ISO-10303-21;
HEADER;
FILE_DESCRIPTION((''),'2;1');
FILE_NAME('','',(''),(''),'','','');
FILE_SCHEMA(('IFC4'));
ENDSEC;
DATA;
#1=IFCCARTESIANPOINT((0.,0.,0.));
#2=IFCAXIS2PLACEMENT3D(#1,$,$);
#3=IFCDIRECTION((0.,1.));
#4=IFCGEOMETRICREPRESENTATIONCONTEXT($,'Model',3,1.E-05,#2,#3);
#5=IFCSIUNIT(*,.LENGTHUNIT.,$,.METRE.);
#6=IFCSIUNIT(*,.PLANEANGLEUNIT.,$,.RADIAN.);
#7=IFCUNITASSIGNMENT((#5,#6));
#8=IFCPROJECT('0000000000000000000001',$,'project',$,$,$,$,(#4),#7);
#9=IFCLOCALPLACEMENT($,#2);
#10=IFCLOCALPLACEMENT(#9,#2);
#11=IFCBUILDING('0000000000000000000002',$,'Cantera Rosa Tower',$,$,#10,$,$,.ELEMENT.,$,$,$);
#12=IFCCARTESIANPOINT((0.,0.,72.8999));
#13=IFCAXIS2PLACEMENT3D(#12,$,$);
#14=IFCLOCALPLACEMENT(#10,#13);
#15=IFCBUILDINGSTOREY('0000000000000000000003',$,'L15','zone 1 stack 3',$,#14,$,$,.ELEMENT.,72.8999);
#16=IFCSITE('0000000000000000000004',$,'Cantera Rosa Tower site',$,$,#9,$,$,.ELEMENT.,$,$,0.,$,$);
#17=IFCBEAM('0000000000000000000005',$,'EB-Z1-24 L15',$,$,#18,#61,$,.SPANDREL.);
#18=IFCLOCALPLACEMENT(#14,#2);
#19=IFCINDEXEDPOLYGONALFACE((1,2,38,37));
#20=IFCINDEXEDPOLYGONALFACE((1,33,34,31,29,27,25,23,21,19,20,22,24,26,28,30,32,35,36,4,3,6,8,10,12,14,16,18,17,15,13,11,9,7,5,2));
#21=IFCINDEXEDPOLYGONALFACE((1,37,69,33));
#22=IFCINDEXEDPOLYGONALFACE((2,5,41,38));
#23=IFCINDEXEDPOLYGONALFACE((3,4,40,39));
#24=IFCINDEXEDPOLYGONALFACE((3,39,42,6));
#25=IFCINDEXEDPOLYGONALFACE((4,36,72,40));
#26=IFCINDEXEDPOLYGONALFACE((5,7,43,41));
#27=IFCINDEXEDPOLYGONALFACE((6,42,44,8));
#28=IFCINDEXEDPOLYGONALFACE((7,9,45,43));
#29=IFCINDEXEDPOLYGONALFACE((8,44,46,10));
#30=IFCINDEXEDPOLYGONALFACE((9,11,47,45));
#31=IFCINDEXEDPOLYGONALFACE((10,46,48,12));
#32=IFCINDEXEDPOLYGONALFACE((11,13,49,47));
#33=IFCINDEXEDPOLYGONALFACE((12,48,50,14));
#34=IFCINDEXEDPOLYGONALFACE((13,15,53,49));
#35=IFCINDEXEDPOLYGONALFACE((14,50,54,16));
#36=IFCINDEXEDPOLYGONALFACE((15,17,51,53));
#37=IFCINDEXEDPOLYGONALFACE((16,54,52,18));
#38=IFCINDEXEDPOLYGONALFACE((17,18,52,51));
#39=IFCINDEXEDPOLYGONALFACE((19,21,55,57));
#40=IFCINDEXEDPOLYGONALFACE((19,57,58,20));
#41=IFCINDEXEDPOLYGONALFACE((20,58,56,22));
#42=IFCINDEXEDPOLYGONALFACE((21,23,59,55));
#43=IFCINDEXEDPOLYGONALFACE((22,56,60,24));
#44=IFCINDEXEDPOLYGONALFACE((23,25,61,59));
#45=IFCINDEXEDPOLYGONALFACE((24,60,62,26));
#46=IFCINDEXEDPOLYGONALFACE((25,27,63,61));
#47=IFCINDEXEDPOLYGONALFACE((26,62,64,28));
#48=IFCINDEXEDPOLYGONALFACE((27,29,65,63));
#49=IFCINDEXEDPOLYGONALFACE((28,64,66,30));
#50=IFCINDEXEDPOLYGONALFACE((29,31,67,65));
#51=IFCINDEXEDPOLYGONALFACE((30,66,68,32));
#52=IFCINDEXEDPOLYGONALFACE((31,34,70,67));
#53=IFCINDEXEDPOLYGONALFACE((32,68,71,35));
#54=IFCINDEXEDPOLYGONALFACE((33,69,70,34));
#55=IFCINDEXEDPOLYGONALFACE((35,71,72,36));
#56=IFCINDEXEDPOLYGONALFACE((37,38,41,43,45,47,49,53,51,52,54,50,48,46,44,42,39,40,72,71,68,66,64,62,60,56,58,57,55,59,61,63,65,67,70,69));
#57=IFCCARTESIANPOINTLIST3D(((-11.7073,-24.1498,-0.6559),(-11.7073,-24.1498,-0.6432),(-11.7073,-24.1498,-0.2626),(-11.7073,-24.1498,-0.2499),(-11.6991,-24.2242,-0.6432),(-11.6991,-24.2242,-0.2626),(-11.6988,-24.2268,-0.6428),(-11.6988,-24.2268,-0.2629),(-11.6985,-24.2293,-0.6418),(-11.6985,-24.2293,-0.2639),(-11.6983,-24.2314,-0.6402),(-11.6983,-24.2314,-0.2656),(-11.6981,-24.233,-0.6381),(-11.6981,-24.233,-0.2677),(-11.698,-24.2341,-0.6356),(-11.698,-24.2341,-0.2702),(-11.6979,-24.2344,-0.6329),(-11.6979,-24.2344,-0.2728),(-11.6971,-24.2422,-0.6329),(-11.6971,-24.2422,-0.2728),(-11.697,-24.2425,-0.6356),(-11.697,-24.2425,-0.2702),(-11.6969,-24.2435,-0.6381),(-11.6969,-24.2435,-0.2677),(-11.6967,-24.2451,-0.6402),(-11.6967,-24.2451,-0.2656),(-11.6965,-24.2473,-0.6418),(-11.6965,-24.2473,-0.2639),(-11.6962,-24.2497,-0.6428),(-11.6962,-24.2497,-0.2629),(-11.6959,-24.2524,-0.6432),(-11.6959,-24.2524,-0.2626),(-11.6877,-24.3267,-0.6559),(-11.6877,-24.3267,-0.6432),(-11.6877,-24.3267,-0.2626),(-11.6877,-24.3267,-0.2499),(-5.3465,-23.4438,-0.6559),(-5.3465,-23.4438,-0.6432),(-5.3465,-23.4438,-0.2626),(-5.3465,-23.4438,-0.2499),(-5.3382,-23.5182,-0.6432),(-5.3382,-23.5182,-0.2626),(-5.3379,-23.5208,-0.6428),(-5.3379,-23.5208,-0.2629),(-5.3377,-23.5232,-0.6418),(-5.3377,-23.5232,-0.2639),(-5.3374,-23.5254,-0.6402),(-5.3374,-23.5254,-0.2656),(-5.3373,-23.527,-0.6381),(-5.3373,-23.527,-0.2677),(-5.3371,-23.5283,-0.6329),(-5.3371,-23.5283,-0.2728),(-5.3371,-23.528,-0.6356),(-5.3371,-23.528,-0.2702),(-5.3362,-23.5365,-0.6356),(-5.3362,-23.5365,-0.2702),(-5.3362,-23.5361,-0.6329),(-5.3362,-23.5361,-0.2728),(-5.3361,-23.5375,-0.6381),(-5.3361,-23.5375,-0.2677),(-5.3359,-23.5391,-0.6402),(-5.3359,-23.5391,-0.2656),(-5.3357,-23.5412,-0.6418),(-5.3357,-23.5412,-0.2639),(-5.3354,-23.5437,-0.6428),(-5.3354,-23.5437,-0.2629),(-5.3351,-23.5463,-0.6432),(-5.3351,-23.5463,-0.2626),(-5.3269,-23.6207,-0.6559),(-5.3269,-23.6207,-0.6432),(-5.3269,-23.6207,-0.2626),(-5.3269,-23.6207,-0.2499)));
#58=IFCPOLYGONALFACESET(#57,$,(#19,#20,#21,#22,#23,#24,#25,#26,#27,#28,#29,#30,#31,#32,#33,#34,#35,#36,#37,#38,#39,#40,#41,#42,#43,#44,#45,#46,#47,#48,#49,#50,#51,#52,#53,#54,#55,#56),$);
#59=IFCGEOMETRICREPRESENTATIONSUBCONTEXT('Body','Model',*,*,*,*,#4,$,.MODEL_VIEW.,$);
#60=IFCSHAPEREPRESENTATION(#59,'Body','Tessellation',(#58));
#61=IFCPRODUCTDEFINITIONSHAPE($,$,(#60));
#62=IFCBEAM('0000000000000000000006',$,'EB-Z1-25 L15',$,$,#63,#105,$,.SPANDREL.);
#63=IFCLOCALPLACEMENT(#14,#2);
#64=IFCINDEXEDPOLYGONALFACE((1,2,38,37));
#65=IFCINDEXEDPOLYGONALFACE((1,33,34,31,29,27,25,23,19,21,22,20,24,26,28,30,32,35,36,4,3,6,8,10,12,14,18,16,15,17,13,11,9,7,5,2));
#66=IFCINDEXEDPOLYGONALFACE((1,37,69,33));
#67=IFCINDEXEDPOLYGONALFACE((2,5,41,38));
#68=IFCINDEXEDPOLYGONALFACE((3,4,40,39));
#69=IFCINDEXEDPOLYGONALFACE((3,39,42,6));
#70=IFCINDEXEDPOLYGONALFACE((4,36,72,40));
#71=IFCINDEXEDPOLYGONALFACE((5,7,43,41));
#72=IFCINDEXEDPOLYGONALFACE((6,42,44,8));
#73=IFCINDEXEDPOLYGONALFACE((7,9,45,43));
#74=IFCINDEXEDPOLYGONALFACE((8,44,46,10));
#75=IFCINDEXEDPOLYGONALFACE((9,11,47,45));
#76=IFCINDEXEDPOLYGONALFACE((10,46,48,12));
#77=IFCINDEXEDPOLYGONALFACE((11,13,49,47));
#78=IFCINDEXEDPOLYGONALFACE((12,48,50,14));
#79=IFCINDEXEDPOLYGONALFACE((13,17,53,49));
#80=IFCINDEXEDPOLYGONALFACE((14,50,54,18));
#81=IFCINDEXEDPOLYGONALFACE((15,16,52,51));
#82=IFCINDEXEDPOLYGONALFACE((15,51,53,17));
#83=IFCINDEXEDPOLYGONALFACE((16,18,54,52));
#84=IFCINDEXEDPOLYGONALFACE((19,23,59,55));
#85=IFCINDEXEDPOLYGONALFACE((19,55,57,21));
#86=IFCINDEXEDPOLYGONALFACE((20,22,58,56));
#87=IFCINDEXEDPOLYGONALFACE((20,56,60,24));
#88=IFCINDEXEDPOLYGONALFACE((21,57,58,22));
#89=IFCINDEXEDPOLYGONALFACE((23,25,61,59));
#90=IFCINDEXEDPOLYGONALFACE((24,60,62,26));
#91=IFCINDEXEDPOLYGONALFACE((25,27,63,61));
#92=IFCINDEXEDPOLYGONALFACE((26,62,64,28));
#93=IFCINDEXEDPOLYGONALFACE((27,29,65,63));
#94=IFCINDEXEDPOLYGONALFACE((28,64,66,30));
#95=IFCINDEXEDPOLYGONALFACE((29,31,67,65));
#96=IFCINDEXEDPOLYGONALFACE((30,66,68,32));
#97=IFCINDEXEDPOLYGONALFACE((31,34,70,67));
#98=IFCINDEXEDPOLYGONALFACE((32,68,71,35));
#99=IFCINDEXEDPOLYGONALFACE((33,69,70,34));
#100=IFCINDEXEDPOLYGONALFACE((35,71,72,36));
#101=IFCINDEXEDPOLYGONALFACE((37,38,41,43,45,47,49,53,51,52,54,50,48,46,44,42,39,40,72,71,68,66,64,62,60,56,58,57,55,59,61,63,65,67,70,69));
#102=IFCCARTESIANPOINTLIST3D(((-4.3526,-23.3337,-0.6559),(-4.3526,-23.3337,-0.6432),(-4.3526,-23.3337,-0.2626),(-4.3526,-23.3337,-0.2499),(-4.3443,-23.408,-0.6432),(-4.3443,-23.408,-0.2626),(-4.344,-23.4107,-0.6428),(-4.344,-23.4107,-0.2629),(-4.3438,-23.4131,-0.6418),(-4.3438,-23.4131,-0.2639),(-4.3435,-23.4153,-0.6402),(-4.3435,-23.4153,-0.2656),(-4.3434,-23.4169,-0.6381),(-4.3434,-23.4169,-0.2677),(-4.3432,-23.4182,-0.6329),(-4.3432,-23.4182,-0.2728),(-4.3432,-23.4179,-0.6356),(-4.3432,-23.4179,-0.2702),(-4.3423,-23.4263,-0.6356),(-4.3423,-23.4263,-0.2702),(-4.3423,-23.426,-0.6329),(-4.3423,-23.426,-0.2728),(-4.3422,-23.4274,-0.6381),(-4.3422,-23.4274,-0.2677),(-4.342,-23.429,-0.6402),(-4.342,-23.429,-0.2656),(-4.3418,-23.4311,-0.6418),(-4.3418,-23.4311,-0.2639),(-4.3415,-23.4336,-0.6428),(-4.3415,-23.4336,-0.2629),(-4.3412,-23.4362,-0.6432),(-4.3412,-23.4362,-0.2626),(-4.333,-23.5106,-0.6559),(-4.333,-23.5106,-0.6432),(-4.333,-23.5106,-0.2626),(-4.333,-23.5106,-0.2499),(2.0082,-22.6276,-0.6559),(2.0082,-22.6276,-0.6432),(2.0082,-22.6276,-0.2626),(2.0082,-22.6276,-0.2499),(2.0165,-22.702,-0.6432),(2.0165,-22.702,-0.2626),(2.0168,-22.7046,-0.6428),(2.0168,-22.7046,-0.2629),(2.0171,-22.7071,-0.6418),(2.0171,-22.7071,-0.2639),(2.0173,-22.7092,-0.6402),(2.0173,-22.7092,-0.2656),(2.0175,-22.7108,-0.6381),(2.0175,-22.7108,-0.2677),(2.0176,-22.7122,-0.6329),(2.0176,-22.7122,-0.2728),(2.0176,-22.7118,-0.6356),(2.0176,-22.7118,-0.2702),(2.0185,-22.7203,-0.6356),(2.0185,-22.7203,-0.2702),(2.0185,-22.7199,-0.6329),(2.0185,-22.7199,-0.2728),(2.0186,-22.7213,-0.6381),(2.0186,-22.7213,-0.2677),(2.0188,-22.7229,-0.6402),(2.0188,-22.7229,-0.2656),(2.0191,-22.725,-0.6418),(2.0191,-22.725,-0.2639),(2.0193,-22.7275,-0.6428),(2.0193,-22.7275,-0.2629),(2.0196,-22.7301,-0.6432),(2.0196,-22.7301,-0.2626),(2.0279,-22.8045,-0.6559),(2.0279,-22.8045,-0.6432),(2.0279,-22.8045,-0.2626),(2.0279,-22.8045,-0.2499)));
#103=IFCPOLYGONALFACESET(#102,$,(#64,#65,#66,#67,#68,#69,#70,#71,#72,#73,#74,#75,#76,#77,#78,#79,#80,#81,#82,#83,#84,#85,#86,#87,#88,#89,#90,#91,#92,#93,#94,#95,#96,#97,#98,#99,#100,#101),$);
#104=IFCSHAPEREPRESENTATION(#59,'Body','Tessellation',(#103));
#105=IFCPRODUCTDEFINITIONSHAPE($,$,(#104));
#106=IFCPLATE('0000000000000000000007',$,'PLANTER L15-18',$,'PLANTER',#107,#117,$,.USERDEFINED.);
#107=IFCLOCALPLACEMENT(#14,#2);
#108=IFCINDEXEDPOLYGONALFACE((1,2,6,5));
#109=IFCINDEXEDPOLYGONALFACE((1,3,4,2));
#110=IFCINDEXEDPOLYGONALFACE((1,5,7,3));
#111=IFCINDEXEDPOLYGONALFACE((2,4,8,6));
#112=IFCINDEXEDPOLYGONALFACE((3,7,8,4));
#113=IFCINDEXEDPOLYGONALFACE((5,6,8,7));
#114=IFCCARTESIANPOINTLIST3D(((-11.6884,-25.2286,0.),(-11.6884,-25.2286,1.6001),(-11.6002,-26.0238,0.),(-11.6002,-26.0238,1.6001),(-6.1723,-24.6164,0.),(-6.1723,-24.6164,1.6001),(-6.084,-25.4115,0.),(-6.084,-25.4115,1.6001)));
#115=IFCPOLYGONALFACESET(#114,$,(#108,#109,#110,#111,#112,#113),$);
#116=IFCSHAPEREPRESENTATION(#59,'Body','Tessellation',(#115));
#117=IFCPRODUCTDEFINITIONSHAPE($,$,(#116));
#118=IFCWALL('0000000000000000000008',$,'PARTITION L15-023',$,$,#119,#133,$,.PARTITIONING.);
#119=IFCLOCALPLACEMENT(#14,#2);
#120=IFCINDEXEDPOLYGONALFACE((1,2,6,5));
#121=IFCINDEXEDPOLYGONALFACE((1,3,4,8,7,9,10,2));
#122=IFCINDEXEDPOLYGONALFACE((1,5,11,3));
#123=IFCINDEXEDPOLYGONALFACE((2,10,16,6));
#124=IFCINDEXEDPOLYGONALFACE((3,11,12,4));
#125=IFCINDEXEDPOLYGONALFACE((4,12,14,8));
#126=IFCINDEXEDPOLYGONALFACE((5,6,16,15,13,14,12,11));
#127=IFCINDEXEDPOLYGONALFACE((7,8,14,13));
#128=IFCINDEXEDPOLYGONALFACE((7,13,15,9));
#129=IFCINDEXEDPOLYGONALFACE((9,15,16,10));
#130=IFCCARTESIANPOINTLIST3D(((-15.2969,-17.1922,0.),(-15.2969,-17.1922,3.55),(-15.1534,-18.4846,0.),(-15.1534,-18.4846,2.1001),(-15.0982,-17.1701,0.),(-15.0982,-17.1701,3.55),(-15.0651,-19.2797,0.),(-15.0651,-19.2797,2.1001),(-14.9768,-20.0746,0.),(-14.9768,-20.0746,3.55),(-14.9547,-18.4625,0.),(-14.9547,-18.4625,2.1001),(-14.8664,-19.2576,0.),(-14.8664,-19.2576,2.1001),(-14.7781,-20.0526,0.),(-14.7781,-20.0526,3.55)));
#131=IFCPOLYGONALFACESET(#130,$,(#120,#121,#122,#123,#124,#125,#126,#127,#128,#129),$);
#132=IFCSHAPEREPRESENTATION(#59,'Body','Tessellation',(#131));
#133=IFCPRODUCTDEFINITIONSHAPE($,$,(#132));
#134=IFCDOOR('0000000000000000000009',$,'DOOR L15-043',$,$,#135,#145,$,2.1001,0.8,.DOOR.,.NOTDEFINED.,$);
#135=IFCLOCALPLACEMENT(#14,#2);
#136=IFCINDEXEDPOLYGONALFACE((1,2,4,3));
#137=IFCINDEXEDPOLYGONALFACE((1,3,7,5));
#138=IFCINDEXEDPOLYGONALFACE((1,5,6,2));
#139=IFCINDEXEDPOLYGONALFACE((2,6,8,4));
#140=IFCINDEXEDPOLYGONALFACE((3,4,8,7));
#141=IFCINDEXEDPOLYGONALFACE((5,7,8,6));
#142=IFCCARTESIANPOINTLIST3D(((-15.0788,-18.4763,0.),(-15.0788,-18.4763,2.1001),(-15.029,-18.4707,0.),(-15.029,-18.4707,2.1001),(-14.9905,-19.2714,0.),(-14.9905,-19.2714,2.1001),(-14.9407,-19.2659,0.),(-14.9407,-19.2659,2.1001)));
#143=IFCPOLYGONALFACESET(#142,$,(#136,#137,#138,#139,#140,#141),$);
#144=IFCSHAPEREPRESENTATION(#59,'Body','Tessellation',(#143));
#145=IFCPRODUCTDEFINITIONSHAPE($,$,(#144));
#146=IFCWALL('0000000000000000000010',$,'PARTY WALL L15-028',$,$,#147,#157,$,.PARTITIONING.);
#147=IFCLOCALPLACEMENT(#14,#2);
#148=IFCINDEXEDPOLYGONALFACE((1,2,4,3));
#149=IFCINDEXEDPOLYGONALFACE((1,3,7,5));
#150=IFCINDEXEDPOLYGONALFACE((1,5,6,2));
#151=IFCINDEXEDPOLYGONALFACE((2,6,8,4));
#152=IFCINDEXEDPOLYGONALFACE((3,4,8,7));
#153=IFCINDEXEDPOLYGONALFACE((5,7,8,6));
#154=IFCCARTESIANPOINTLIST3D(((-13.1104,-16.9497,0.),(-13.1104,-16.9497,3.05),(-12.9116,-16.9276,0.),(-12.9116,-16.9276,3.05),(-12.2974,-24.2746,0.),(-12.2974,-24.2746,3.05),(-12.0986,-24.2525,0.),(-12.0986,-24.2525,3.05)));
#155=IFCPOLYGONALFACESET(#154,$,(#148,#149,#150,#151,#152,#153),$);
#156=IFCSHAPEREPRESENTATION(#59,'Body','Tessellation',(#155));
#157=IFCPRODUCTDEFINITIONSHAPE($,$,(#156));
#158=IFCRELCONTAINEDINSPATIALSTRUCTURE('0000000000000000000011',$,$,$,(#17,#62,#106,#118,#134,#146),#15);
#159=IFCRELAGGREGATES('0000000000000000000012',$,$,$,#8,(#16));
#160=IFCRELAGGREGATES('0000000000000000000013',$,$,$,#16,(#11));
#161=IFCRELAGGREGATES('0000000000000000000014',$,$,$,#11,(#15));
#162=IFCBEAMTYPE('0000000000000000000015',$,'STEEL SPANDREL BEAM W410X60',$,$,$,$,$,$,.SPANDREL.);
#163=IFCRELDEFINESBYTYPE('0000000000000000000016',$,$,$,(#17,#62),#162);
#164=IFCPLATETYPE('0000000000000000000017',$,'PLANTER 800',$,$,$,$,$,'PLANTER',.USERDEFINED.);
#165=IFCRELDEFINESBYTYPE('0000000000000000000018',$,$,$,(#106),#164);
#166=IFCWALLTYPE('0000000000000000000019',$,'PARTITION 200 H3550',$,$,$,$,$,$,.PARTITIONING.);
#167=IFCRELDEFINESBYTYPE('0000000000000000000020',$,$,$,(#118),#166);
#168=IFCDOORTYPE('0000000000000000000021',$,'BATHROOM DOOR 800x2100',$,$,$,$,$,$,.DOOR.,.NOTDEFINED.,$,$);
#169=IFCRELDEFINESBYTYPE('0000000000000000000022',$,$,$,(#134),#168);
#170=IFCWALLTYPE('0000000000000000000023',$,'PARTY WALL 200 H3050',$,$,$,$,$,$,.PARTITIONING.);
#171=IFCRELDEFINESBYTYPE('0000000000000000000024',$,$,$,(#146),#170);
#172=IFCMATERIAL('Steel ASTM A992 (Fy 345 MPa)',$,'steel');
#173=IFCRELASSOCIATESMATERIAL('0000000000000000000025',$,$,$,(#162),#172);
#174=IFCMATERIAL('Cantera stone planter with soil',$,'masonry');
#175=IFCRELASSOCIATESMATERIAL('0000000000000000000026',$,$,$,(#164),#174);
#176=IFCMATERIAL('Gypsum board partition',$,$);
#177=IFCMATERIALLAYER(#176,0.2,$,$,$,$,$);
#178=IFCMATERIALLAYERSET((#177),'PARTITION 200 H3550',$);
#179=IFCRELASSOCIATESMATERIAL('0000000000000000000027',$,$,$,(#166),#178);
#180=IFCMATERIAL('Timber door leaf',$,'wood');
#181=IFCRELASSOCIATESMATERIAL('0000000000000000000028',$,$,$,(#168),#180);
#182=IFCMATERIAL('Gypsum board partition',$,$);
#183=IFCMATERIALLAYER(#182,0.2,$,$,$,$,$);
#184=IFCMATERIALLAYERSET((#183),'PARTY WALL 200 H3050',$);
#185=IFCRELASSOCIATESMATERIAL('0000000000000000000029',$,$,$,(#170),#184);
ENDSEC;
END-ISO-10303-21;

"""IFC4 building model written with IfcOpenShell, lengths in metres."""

from ifc_helpers import new_model, si_unit, direction, frame, frame_2d, origin, origin_2d, place, context, subcontext, project, spatial, rectangle, i_section, extrude, material, layer, layer_set, material_profile, profile_set, type_object, element, fill, save


model = new_model("IFC4")

# Units and contexts
model_context = context("Model", 3, precision=1e-05, world=origin(), true_north=direction((0.0, 1.0)))
body_context = subcontext(model_context, "Body", "Model", "MODEL_VIEW")
ifc_project = project(units=[si_unit("LENGTHUNIT", "METRE"), si_unit("PLANEANGLEUNIT", "RADIAN")], contexts=[model_context])

# Site, building, storey
site_placement = place(None, origin())
site = spatial("IfcSite", under=ifc_project, at=site_placement, Name="Cantera Rosa Tower site", CompositionType="ELEMENT", RefElevation=0.0)
building_placement = place(site_placement, origin())
building = spatial("IfcBuilding", under=site, at=building_placement, Name="Cantera Rosa Tower", CompositionType="ELEMENT")
storey_placement = place(building_placement, frame((0.0, 0.0, 72.8999)))
storey = spatial("IfcBuildingStorey", under=building, at=storey_placement, Name="L15", Description="zone 1 stack 3", CompositionType="ELEMENT", Elevation=72.8999)

# Beams
ifc_material_1 = material(Name="Steel ASTM A992 (Fy 345 MPa)", Category="steel")
ifc_material_profile_1 = material_profile(ifc_material_1, i_section(OverallWidth=0.178, OverallDepth=0.406, WebThickness=0.0078, FlangeThickness=0.0127, FilletRadius=0.0103, at=origin_2d()), Name="W410X60")
ifc_profile_set_1 = profile_set([ifc_material_profile_1], Name="Steel ASTM A992 (Fy 345 MPa)")
beam_type_1 = type_object("IfcBeamType", Name="STEEL SPANDREL BEAM W410X60", PredefinedType="SPANDREL", material=ifc_profile_set_1)
for number, where, z_axis, x_axis, name in (
    (1, (-11.6975, -24.2383, -0.4529), (0.993896, 0.110323, 0.0), (-0.110323, 0.993896, 0.0), "EB-Z1-24 L15"),
    (2, (-4.3428, -23.4221, -0.4529), (0.993896, 0.110323, 0.0), (-0.110323, 0.993896, 0.0), "EB-Z1-25 L15"),
):
    element("IfcBeam", number, at=place(storey_placement, frame(where, z_axis=z_axis, x_axis=x_axis)), inside=storey, type_object=beam_type_1, Name=name, PredefinedType="SPANDREL", context=body_context, shape_type="SweptSolid", body=[
        extrude(i_section(OverallWidth=0.178, OverallDepth=0.406, WebThickness=0.0078, FlangeThickness=0.0127, FilletRadius=0.0103, at=origin_2d()), origin(), (0.0, 0.0, 1.0), 6.3999),
    ])

# Plate
ifc_material_2 = material(Name="Cantera stone planter with soil", Category="masonry")
plate_type = type_object("IfcPlateType", Name="PLANTER 800", ElementType="PLANTER", PredefinedType="USERDEFINED", material=ifc_material_2)
plate_placement = place(storey_placement, frame((-8.8862, -25.3201, 0.0), z_axis=(0.0, 0.0, 1.0), x_axis=(0.993897, 0.110313, 0.0)))
element("IfcPlate", 3, at=plate_placement, inside=storey, type_object=plate_type, Name="PLANTER L15-18", ObjectType="PLANTER", PredefinedType="USERDEFINED", context=body_context, shape_type="SweptSolid", body=[
    extrude(rectangle(XDim=5.55, YDim=0.8, at=origin_2d()), origin(), (0.0, 0.0, 1.0), 1.6001),
])

# Wall, opening, door
ifc_material_3 = material(Name="Gypsum board partition")
ifc_layer_1 = layer(ifc_material_3, 0.2)
ifc_layer_set_1 = layer_set([ifc_layer_1], Name="PARTITION 200 H3550")
wall_type_1 = type_object("IfcWallType", Name="PARTITION 200 H3550", PredefinedType="PARTITIONING", material=ifc_layer_set_1)
wall_1_placement = place(storey_placement, frame((-14.8774, -20.0637, 0.0), z_axis=(0.0, 0.0, 1.0), x_axis=(-0.110367, 0.993891, 0.0)))
wall_1 = element("IfcWall", 4, at=wall_1_placement, inside=storey, type_object=wall_type_1, Name="PARTITION L15-023", PredefinedType="PARTITIONING", context=body_context, shape_type="SweptSolid", body=[
    extrude(rectangle(XDim=2.9001, YDim=0.2, at=frame_2d((1.4502, 0.0))), origin(), (0.0, 0.0, 1.0), 3.55),
])
opening_1_placement = place(wall_1_placement, frame((0.8, 0.0, 0.0)))
opening_1 = element("IfcOpeningElement", 5, at=opening_1_placement, cuts=wall_1, PredefinedType="OPENING", context=body_context, shape_type="SweptSolid", body=[
    extrude(rectangle(XDim=0.8, YDim=2.1001, at=frame_2d((0.3999, 1.05))), frame((0.0, 0.1099, 0.0), z_axis=(0.0, -1.0, 0.0), x_axis=(1.0, 0.0, 0.0)), (0.0, 0.0, 1.0), 0.22),
])
ifc_material_4 = material(Name="Timber door leaf", Category="wood")
door_type_1 = type_object("IfcDoorType", Name="BATHROOM DOOR 800x2100", OperationType="NOTDEFINED", PredefinedType="DOOR", material=ifc_material_4)
door_1_placement = place(opening_1_placement, origin())
door_1 = element("IfcDoor", 6, at=door_1_placement, inside=storey, type_object=door_type_1, Name="DOOR L15-043", OperationType="NOTDEFINED", OverallHeight=2.1001, OverallWidth=0.8, PredefinedType="DOOR", context=body_context, shape_type="SweptSolid", body=[
    extrude(rectangle(XDim=0.8, YDim=2.1001, at=frame_2d((0.3999, 1.05))), frame((0.0, 0.0249, 0.0), z_axis=(0.0, -1.0, 0.0), x_axis=(1.0, 0.0, 0.0)), (0.0, 0.0, 1.0), 0.05),
])
fill(opening_1, door_1)

# Wall
ifc_material_5 = material(Name="Gypsum board partition")
ifc_layer_2 = layer(ifc_material_5, 0.2)
ifc_layer_set_2 = layer_set([ifc_layer_2], Name="PARTY WALL 200 H3050")
wall_type_2 = type_object("IfcWallType", Name="PARTY WALL 200 H3050", PredefinedType="PARTITIONING", material=ifc_layer_set_2)
wall_2_placement = place(storey_placement, frame((-12.198, -24.2637, 0.0), z_axis=(0.0, 0.0, 1.0), x_axis=(-0.110312, 0.993897, 0.0)))
element("IfcWall", 7, at=wall_2_placement, inside=storey, type_object=wall_type_2, Name="PARTY WALL L15-028", PredefinedType="PARTITIONING", context=body_context, shape_type="SweptSolid", body=[
    extrude(rectangle(XDim=7.3699, YDim=0.2, at=frame_2d((3.6851, 0.0))), origin(), (0.0, 0.0, 1.0), 3.05),
])

save(model, "model.ifc")
